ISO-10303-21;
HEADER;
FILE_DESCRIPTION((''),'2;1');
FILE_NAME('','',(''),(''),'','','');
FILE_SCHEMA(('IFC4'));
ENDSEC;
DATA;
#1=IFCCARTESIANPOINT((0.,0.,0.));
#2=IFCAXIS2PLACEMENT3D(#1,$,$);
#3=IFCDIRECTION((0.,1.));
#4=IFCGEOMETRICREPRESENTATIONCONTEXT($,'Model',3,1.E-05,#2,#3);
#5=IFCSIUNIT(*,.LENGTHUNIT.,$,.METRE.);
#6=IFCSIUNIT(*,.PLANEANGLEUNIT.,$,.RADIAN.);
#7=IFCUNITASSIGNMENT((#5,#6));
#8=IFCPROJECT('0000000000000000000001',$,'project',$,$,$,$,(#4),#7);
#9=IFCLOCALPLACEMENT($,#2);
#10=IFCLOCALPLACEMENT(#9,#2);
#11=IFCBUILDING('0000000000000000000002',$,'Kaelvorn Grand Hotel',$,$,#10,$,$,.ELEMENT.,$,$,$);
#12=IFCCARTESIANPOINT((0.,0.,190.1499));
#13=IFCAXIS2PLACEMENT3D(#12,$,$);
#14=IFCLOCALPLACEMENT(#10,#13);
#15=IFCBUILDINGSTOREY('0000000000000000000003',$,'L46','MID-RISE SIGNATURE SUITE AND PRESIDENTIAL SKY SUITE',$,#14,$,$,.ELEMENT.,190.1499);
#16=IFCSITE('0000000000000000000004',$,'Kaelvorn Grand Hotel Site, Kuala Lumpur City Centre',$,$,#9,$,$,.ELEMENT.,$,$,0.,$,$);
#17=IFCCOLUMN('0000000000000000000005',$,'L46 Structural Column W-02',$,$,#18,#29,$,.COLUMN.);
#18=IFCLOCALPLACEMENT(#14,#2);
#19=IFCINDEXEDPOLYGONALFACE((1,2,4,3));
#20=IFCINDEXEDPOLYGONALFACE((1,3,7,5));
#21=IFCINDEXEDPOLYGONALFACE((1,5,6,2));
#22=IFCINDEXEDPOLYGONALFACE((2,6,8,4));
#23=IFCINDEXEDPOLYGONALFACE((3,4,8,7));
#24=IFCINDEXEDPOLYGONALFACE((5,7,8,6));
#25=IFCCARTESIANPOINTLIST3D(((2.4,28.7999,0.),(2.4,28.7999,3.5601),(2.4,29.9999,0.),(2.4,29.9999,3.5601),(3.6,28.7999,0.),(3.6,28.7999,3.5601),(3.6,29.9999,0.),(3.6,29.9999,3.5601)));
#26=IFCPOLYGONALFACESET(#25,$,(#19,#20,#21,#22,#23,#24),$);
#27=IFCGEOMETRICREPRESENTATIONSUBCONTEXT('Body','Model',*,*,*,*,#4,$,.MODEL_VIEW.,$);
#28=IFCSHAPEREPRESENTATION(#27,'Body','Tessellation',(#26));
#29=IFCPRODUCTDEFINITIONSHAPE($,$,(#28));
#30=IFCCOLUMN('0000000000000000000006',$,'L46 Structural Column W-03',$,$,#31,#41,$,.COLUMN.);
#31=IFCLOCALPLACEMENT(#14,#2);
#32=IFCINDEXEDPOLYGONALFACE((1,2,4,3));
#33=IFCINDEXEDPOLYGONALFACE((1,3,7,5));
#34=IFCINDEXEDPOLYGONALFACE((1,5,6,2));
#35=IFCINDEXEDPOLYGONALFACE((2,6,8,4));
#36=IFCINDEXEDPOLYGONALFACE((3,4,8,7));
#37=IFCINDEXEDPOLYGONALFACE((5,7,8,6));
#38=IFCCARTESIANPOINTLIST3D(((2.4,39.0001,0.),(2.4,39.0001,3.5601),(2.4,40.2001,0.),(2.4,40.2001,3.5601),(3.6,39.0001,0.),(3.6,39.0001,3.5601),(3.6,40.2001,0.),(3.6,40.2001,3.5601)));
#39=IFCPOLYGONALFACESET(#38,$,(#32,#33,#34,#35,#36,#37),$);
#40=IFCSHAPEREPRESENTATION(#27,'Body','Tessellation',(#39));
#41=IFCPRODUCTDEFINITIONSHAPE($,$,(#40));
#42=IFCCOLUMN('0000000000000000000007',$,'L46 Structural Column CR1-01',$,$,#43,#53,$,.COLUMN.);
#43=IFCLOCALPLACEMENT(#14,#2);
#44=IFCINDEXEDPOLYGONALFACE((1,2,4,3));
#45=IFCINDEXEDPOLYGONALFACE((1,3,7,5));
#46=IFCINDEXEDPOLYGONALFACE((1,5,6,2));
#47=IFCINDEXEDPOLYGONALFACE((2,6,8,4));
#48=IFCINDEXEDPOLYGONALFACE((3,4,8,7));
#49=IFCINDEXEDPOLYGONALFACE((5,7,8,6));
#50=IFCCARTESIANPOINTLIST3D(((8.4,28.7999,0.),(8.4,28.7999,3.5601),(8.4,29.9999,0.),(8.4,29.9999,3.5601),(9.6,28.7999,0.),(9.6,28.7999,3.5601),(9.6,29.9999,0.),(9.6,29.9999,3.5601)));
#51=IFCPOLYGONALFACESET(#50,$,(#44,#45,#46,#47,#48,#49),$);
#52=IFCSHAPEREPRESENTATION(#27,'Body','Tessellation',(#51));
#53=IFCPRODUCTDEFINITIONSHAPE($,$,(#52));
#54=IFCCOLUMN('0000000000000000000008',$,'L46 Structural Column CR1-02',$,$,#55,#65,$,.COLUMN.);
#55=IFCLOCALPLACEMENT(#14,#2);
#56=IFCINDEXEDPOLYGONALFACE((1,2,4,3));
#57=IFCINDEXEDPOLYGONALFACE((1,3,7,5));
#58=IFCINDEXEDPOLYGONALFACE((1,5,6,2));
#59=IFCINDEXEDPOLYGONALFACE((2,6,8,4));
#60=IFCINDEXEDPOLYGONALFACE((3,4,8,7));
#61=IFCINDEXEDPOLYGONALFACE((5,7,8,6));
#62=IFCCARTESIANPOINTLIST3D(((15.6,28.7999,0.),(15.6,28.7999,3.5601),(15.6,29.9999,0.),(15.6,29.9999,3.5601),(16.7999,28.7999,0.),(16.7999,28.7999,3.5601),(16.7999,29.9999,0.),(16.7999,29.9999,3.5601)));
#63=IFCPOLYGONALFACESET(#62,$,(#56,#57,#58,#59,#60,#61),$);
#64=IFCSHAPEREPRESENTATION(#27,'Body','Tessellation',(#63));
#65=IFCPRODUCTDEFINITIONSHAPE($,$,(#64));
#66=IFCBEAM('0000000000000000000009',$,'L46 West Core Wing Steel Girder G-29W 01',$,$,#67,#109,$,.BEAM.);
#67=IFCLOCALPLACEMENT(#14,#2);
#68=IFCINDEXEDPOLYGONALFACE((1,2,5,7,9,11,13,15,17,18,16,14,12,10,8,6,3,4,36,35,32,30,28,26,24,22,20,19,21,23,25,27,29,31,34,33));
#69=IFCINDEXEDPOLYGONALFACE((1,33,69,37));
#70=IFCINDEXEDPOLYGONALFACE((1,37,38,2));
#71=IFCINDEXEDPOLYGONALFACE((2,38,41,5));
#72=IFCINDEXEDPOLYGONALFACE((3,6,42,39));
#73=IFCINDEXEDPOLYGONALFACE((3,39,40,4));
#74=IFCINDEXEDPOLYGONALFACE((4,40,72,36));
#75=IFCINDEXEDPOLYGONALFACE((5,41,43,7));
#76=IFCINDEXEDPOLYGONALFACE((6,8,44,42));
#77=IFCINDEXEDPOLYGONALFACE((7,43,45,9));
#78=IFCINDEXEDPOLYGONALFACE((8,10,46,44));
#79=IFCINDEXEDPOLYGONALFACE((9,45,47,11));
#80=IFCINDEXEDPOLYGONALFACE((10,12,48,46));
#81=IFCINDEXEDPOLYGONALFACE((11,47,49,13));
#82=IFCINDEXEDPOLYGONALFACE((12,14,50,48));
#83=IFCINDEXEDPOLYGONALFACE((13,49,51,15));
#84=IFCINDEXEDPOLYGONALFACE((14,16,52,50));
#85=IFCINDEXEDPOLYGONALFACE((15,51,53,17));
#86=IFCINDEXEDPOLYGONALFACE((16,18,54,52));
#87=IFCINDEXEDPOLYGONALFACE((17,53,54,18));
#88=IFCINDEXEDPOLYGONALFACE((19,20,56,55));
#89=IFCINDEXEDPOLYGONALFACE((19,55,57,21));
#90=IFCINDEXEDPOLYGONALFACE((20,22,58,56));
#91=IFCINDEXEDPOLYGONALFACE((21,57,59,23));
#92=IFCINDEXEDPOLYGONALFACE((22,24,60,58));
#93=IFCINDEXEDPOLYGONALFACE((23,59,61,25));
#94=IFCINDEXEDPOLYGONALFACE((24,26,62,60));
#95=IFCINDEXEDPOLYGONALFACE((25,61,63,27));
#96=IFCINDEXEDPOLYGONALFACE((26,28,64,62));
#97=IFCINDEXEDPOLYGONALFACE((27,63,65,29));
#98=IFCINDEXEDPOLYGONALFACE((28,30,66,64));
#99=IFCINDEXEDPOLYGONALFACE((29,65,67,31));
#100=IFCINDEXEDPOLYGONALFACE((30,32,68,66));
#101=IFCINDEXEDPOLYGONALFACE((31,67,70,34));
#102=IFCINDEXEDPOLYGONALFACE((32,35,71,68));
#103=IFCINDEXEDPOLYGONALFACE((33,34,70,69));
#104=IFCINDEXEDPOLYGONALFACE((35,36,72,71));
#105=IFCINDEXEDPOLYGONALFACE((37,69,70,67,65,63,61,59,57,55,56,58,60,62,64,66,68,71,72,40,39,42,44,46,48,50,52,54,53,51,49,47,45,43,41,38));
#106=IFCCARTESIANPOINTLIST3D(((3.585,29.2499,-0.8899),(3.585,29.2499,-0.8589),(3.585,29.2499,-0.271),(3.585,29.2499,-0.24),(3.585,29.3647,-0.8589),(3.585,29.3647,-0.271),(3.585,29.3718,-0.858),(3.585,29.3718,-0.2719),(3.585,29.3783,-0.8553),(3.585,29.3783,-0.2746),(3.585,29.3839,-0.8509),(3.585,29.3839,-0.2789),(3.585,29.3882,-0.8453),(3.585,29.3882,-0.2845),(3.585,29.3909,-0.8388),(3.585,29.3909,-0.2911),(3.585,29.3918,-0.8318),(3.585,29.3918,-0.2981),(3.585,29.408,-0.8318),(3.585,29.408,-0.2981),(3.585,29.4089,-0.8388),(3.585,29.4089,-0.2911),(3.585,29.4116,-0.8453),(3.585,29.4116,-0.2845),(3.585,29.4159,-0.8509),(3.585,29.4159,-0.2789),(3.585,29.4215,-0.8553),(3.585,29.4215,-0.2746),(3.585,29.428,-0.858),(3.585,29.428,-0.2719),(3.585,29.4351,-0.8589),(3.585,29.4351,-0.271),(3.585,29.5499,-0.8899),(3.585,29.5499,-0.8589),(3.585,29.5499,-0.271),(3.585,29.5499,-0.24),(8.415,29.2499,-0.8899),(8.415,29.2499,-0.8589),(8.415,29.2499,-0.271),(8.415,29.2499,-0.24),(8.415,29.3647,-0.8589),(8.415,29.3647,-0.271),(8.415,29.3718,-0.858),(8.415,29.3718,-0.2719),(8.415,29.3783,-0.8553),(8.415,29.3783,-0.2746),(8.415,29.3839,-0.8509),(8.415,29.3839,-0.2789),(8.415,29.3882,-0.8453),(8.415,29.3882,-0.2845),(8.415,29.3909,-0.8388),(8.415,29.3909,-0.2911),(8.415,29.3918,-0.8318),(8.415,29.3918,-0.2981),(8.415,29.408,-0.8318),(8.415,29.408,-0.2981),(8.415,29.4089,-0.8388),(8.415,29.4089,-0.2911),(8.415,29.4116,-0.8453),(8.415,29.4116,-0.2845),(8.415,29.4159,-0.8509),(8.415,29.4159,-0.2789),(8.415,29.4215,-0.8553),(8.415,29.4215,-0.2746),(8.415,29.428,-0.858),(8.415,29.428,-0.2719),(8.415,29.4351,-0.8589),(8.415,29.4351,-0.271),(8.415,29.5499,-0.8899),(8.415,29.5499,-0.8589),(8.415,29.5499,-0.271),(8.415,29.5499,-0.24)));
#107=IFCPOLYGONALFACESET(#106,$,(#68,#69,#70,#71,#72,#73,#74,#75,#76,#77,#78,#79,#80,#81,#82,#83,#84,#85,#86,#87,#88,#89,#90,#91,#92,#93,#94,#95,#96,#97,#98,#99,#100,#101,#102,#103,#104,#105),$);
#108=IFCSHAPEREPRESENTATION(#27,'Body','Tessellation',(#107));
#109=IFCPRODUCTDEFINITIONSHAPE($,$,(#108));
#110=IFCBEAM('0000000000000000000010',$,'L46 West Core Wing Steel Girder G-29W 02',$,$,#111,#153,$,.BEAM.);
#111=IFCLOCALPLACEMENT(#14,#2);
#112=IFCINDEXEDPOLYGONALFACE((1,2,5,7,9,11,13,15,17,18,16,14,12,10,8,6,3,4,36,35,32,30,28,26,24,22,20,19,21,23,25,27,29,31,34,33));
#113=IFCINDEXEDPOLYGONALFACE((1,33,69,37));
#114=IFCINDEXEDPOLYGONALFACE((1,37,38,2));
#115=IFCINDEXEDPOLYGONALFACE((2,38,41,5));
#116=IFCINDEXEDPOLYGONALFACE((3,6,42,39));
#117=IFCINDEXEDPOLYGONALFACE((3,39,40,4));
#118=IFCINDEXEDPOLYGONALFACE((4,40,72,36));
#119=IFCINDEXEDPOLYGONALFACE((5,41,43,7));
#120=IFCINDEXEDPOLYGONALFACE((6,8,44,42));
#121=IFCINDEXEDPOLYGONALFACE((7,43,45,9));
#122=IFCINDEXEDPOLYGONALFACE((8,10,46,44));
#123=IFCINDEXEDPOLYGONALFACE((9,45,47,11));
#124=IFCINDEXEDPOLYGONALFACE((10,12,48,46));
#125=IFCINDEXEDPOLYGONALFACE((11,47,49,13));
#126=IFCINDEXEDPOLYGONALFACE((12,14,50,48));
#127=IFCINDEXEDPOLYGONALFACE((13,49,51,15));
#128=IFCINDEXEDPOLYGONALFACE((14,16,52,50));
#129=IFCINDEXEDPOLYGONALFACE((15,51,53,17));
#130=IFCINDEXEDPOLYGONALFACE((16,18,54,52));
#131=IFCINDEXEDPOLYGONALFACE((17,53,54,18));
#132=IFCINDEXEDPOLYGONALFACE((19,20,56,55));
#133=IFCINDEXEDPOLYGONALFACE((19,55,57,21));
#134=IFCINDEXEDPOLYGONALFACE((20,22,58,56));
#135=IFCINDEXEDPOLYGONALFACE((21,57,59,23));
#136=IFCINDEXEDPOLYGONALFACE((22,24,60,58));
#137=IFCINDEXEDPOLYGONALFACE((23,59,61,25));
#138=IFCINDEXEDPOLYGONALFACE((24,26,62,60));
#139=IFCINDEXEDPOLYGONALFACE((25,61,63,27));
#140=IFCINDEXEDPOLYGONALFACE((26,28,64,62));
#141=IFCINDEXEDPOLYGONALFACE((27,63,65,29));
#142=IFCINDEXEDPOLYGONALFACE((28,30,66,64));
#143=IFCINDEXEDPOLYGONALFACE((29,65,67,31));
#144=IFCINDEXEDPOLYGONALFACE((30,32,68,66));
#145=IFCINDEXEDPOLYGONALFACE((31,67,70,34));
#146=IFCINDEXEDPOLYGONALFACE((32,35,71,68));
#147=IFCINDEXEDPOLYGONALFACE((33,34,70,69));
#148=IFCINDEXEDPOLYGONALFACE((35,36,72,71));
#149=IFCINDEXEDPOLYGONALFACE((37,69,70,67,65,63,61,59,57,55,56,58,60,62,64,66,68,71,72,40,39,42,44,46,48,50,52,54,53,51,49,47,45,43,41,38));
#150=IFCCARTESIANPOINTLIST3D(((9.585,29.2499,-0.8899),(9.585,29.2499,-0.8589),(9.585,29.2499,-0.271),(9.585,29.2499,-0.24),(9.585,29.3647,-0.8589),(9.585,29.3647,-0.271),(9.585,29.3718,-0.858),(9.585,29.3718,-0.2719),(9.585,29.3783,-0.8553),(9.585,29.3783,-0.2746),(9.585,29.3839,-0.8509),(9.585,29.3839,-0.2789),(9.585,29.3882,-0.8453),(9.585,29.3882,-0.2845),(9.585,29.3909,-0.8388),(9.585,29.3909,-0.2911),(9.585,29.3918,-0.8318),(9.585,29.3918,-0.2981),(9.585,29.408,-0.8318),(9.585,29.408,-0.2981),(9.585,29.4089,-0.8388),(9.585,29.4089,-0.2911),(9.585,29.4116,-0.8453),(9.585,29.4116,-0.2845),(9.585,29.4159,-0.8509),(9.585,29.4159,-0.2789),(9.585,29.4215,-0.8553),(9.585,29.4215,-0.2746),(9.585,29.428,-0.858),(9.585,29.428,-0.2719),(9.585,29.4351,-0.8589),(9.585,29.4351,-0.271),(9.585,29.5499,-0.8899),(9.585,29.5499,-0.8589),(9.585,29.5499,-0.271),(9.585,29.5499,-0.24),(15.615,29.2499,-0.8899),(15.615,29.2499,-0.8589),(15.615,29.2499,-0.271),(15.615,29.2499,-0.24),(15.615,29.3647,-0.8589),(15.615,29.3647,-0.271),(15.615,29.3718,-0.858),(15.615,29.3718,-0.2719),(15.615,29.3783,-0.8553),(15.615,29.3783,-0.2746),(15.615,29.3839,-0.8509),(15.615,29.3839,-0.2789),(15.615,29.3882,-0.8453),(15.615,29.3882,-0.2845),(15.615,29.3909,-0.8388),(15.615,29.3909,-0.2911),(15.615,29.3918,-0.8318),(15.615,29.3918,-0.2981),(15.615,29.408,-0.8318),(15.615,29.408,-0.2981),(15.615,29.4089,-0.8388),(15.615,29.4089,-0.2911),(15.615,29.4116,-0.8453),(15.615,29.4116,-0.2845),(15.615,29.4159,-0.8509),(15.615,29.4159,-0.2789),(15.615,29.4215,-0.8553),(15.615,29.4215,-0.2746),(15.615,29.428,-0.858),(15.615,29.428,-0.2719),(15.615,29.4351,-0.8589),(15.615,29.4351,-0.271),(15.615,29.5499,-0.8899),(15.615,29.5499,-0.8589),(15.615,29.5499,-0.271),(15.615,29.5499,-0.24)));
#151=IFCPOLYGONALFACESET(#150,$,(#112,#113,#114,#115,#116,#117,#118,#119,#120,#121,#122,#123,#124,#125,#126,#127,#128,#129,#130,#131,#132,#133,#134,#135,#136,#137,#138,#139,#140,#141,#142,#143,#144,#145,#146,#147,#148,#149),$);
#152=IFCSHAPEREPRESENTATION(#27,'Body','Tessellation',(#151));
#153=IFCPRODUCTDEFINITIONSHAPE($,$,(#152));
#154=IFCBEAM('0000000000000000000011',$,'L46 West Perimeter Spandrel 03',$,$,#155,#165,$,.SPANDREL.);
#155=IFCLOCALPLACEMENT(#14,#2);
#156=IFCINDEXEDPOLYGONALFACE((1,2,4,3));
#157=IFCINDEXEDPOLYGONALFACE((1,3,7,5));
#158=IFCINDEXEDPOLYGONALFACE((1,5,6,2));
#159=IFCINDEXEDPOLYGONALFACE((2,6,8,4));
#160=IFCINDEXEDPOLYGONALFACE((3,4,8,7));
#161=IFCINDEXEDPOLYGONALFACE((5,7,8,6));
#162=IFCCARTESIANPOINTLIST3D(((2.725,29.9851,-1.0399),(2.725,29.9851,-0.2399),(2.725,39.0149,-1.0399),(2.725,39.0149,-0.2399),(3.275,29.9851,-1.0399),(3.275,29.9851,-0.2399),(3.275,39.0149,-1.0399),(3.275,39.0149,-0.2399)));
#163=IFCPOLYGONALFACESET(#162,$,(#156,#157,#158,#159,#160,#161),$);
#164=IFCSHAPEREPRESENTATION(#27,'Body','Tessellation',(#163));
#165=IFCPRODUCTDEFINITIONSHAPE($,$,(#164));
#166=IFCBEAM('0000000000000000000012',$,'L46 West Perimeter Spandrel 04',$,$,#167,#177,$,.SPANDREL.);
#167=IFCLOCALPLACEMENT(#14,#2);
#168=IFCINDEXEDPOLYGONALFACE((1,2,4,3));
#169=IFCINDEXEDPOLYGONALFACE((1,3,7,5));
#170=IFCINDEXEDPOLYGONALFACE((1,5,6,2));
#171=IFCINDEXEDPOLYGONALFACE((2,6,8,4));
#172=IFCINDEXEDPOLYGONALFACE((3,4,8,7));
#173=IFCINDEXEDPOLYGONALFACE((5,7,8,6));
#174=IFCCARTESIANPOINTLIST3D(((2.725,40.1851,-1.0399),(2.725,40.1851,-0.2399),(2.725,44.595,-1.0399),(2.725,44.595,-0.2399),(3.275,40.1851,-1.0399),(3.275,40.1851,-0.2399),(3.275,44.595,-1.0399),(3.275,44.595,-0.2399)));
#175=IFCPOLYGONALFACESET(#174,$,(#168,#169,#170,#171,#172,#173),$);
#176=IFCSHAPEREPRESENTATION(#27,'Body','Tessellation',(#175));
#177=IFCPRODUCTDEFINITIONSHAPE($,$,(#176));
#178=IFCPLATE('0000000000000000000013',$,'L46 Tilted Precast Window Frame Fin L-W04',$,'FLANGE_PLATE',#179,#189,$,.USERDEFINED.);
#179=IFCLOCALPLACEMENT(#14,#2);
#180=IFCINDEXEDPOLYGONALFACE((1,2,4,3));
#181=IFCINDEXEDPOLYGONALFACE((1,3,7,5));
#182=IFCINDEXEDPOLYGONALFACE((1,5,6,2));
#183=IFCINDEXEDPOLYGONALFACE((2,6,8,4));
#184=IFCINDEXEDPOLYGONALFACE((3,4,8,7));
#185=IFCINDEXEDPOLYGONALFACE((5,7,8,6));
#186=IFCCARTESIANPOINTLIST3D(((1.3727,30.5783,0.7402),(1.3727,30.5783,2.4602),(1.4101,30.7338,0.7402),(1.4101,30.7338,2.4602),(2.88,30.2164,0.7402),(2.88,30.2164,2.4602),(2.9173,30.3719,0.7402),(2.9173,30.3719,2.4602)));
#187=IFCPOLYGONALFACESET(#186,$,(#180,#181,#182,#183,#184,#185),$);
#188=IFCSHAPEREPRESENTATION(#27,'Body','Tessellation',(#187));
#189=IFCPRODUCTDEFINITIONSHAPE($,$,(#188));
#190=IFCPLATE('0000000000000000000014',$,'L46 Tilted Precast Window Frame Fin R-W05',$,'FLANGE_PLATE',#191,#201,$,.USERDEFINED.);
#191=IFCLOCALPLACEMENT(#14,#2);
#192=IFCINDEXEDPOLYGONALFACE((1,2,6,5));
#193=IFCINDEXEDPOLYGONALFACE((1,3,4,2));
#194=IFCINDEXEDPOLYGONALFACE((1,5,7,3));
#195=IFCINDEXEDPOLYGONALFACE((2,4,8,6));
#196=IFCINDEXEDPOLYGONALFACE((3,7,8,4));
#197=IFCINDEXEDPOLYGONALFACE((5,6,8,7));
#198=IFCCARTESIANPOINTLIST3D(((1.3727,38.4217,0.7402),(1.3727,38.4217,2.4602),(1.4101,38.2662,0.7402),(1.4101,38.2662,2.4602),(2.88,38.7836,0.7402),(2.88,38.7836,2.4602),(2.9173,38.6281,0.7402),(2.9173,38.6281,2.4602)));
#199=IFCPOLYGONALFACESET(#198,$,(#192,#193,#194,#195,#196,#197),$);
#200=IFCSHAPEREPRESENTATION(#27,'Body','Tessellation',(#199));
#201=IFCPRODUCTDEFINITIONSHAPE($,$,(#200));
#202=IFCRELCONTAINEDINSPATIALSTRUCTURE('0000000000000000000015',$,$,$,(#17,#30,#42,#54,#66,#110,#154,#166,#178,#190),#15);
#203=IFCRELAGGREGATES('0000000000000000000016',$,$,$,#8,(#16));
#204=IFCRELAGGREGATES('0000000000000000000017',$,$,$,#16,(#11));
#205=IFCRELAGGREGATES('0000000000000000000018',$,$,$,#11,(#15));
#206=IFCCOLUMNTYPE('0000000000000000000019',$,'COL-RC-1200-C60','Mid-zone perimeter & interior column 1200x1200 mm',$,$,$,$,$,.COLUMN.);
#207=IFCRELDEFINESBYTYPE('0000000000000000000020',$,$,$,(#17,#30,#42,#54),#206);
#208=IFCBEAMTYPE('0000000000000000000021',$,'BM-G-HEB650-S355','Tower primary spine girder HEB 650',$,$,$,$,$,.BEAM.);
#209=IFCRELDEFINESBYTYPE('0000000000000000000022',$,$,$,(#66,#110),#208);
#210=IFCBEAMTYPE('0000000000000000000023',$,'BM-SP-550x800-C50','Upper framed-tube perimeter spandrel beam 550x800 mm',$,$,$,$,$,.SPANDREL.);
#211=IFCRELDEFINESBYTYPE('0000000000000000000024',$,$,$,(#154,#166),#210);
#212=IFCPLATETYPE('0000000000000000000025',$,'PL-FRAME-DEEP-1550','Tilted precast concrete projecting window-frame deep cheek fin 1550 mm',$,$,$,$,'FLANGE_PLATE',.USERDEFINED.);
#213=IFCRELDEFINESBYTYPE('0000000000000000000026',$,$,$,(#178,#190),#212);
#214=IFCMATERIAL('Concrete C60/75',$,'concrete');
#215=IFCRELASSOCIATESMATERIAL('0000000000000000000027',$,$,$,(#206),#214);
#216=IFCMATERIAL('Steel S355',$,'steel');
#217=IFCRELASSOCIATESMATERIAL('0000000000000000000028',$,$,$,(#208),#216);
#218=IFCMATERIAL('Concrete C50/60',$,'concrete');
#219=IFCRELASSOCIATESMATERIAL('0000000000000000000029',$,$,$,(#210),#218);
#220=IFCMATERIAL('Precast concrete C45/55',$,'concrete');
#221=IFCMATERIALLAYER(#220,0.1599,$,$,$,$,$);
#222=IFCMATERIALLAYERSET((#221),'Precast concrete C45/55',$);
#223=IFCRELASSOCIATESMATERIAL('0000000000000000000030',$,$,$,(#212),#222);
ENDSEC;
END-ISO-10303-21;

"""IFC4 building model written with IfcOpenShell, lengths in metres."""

from ifc_helpers import new_model, si_unit, direction, frame, origin, origin_2d, place, context, subcontext, project, spatial, rectangle, i_section, extrude, material, layer, layer_set, material_profile, profile_set, type_object, element, save


model = new_model("IFC4")

# Units and contexts
model_context = context("Model", 3, precision=1e-05, world=origin(), true_north=direction((0.0, 1.0)))
body_context = subcontext(model_context, "Body", "Model", "MODEL_VIEW")
ifc_project = project(units=[si_unit("LENGTHUNIT", "METRE"), si_unit("PLANEANGLEUNIT", "RADIAN")], contexts=[model_context])

# Site, building, storey
site_placement = place(None, origin())
site = spatial("IfcSite", under=ifc_project, at=site_placement, Name="Kaelvorn Grand Hotel Site, Kuala Lumpur City Centre", CompositionType="ELEMENT", RefElevation=0.0)
building_placement = place(site_placement, origin())
building = spatial("IfcBuilding", under=site, at=building_placement, Name="Kaelvorn Grand Hotel", CompositionType="ELEMENT")
storey_placement = place(building_placement, frame((0.0, 0.0, 190.1499)))
storey = spatial("IfcBuildingStorey", under=building, at=storey_placement, Name="L46", Description="MID-RISE SIGNATURE SUITE AND PRESIDENTIAL SKY SUITE", CompositionType="ELEMENT", Elevation=190.1499)

# Columns
ifc_material_1 = material(Name="Concrete C60/75", Category="concrete")
ifc_material_profile_1 = material_profile(ifc_material_1, rectangle(XDim=1.2, YDim=1.2, at=origin_2d()), Name="RC COL 1200x1200")
ifc_profile_set_1 = profile_set([ifc_material_profile_1], Name="Concrete C60/75")
column_type = type_object("IfcColumnType", Name="COL-RC-1200-C60", Description="Mid-zone perimeter & interior column 1200x1200 mm", PredefinedType="COLUMN", material=ifc_profile_set_1)
for number, where, z_axis, x_axis, name in (
    (1, (3.0, 29.3999, 0.0), (0.0, 0.0, 1.0), (1.0, 0.0, 0.0), "L46 Structural Column W-02"),
    (2, (3.0, 39.6001, 0.0), (0.0, 0.0, 1.0), (1.0, 0.0, 0.0), "L46 Structural Column W-03"),
    (3, (9.0, 29.3999, 0.0), (0.0, 0.0, 1.0), (1.0, 0.0, 0.0), "L46 Structural Column CR1-01"),
    (4, (16.2, 29.3999, 0.0), (0.0, 0.0, 1.0), (1.0, 0.0, 0.0), "L46 Structural Column CR1-02"),
):
    element("IfcColumn", number, at=place(storey_placement, frame(where, z_axis=z_axis, x_axis=x_axis)), inside=storey, type_object=column_type, Name=name, PredefinedType="COLUMN", context=body_context, shape_type="SweptSolid", body=[
        extrude(rectangle(XDim=1.2, YDim=1.2, at=origin_2d()), origin(), (0.0, 0.0, 1.0), 3.5601),
    ])

# Beams
ifc_material_2 = material(Name="Steel S355", Category="steel")
ifc_material_profile_2 = material_profile(ifc_material_2, i_section(OverallWidth=0.3, OverallDepth=0.6499, WebThickness=0.0161, FlangeThickness=0.031, FilletRadius=0.0271, at=origin_2d()), Name="HEB 650")
ifc_profile_set_2 = profile_set([ifc_material_profile_2], Name="Steel S355")
beam_type_1 = type_object("IfcBeamType", Name="BM-G-HEB650-S355", Description="Tower primary spine girder HEB 650", PredefinedType="BEAM", material=ifc_profile_set_2)
beam_1_placement = place(storey_placement, frame((3.585, 29.3999, -0.5649), z_axis=(1.0, 0.0, 0.0), x_axis=(0.0, 1.0, 0.0)))
element("IfcBeam", 5, at=beam_1_placement, inside=storey, type_object=beam_type_1, Name="L46 West Core Wing Steel Girder G-29W 01", PredefinedType="BEAM", context=body_context, shape_type="SweptSolid", body=[
    extrude(i_section(OverallWidth=0.3, OverallDepth=0.6499, WebThickness=0.0161, FlangeThickness=0.031, FilletRadius=0.0271, at=origin_2d()), origin(), (0.0, 0.0, 1.0), 4.8301),
])
beam_2_placement = place(storey_placement, frame((9.585, 29.3999, -0.5649), z_axis=(1.0, 0.0, 0.0), x_axis=(0.0, 1.0, 0.0)))
element("IfcBeam", 6, at=beam_2_placement, inside=storey, type_object=beam_type_1, Name="L46 West Core Wing Steel Girder G-29W 02", PredefinedType="BEAM", context=body_context, shape_type="SweptSolid", body=[
    extrude(i_section(OverallWidth=0.3, OverallDepth=0.6499, WebThickness=0.0161, FlangeThickness=0.031, FilletRadius=0.0271, at=origin_2d()), origin(), (0.0, 0.0, 1.0), 6.03),
])
ifc_material_3 = material(Name="Concrete C50/60", Category="concrete")
ifc_material_profile_3 = material_profile(ifc_material_3, rectangle(XDim=0.55, YDim=0.8, at=origin_2d()), Name="RC SPANDREL 550x800")
ifc_profile_set_3 = profile_set([ifc_material_profile_3], Name="Concrete C50/60")
beam_type_2 = type_object("IfcBeamType", Name="BM-SP-550x800-C50", Description="Upper framed-tube perimeter spandrel beam 550x800 mm", PredefinedType="SPANDREL", material=ifc_profile_set_3)
beam_3_placement = place(storey_placement, frame((3.0, 29.9851, -0.6399), z_axis=(0.0, 1.0, 0.0), x_axis=(-1.0, 0.0, 0.0)))
element("IfcBeam", 7, at=beam_3_placement, inside=storey, type_object=beam_type_2, Name="L46 West Perimeter Spandrel 03", PredefinedType="SPANDREL", context=body_context, shape_type="SweptSolid", body=[
    extrude(rectangle(XDim=0.55, YDim=0.8, at=origin_2d()), origin(), (0.0, 0.0, 1.0), 9.0298),
])
beam_4_placement = place(storey_placement, frame((3.0, 40.1851, -0.6399), z_axis=(0.0, 1.0, 0.0), x_axis=(-1.0, 0.0, 0.0)))
element("IfcBeam", 8, at=beam_4_placement, inside=storey, type_object=beam_type_2, Name="L46 West Perimeter Spandrel 04", PredefinedType="SPANDREL", context=body_context, shape_type="SweptSolid", body=[
    extrude(rectangle(XDim=0.55, YDim=0.8, at=origin_2d()), origin(), (0.0, 0.0, 1.0), 4.4099),
])

# Plates
ifc_material_4 = material(Name="Precast concrete C45/55", Category="concrete")
ifc_layer_1 = layer(ifc_material_4, 0.1599)
ifc_layer_set_1 = layer_set([ifc_layer_1], Name="Precast concrete C45/55")
plate_type_1 = type_object("IfcPlateType", Name="PL-FRAME-DEEP-1550", Description="Tilted precast concrete projecting window-frame deep cheek fin 1550 mm", ElementType="FLANGE_PLATE", PredefinedType="USERDEFINED", material=ifc_layer_set_1)
for number, where, z_axis, x_axis, name in (
    (9, (2.145, 30.4751, 0.7402), (0.0, 0.0, 1.0), (0.233445, 0.97237, 0.0), "L46 Tilted Precast Window Frame Fin L-W04"),
    (10, (2.145, 38.5249, 0.7402), (0.0, 0.0, 1.0), (-0.233445, 0.97237, 0.0), "L46 Tilted Precast Window Frame Fin R-W05"),
):
    element("IfcPlate", number, at=place(storey_placement, frame(where, z_axis=z_axis, x_axis=x_axis)), inside=storey, type_object=plate_type_1, Name=name, ObjectType="FLANGE_PLATE", PredefinedType="USERDEFINED", context=body_context, shape_type="SweptSolid", body=[
        extrude(rectangle(XDim=0.1599, YDim=1.55, at=origin_2d()), origin(), (0.0, 0.0, 1.0), 1.72),
    ])

save(model, "model.ifc")
